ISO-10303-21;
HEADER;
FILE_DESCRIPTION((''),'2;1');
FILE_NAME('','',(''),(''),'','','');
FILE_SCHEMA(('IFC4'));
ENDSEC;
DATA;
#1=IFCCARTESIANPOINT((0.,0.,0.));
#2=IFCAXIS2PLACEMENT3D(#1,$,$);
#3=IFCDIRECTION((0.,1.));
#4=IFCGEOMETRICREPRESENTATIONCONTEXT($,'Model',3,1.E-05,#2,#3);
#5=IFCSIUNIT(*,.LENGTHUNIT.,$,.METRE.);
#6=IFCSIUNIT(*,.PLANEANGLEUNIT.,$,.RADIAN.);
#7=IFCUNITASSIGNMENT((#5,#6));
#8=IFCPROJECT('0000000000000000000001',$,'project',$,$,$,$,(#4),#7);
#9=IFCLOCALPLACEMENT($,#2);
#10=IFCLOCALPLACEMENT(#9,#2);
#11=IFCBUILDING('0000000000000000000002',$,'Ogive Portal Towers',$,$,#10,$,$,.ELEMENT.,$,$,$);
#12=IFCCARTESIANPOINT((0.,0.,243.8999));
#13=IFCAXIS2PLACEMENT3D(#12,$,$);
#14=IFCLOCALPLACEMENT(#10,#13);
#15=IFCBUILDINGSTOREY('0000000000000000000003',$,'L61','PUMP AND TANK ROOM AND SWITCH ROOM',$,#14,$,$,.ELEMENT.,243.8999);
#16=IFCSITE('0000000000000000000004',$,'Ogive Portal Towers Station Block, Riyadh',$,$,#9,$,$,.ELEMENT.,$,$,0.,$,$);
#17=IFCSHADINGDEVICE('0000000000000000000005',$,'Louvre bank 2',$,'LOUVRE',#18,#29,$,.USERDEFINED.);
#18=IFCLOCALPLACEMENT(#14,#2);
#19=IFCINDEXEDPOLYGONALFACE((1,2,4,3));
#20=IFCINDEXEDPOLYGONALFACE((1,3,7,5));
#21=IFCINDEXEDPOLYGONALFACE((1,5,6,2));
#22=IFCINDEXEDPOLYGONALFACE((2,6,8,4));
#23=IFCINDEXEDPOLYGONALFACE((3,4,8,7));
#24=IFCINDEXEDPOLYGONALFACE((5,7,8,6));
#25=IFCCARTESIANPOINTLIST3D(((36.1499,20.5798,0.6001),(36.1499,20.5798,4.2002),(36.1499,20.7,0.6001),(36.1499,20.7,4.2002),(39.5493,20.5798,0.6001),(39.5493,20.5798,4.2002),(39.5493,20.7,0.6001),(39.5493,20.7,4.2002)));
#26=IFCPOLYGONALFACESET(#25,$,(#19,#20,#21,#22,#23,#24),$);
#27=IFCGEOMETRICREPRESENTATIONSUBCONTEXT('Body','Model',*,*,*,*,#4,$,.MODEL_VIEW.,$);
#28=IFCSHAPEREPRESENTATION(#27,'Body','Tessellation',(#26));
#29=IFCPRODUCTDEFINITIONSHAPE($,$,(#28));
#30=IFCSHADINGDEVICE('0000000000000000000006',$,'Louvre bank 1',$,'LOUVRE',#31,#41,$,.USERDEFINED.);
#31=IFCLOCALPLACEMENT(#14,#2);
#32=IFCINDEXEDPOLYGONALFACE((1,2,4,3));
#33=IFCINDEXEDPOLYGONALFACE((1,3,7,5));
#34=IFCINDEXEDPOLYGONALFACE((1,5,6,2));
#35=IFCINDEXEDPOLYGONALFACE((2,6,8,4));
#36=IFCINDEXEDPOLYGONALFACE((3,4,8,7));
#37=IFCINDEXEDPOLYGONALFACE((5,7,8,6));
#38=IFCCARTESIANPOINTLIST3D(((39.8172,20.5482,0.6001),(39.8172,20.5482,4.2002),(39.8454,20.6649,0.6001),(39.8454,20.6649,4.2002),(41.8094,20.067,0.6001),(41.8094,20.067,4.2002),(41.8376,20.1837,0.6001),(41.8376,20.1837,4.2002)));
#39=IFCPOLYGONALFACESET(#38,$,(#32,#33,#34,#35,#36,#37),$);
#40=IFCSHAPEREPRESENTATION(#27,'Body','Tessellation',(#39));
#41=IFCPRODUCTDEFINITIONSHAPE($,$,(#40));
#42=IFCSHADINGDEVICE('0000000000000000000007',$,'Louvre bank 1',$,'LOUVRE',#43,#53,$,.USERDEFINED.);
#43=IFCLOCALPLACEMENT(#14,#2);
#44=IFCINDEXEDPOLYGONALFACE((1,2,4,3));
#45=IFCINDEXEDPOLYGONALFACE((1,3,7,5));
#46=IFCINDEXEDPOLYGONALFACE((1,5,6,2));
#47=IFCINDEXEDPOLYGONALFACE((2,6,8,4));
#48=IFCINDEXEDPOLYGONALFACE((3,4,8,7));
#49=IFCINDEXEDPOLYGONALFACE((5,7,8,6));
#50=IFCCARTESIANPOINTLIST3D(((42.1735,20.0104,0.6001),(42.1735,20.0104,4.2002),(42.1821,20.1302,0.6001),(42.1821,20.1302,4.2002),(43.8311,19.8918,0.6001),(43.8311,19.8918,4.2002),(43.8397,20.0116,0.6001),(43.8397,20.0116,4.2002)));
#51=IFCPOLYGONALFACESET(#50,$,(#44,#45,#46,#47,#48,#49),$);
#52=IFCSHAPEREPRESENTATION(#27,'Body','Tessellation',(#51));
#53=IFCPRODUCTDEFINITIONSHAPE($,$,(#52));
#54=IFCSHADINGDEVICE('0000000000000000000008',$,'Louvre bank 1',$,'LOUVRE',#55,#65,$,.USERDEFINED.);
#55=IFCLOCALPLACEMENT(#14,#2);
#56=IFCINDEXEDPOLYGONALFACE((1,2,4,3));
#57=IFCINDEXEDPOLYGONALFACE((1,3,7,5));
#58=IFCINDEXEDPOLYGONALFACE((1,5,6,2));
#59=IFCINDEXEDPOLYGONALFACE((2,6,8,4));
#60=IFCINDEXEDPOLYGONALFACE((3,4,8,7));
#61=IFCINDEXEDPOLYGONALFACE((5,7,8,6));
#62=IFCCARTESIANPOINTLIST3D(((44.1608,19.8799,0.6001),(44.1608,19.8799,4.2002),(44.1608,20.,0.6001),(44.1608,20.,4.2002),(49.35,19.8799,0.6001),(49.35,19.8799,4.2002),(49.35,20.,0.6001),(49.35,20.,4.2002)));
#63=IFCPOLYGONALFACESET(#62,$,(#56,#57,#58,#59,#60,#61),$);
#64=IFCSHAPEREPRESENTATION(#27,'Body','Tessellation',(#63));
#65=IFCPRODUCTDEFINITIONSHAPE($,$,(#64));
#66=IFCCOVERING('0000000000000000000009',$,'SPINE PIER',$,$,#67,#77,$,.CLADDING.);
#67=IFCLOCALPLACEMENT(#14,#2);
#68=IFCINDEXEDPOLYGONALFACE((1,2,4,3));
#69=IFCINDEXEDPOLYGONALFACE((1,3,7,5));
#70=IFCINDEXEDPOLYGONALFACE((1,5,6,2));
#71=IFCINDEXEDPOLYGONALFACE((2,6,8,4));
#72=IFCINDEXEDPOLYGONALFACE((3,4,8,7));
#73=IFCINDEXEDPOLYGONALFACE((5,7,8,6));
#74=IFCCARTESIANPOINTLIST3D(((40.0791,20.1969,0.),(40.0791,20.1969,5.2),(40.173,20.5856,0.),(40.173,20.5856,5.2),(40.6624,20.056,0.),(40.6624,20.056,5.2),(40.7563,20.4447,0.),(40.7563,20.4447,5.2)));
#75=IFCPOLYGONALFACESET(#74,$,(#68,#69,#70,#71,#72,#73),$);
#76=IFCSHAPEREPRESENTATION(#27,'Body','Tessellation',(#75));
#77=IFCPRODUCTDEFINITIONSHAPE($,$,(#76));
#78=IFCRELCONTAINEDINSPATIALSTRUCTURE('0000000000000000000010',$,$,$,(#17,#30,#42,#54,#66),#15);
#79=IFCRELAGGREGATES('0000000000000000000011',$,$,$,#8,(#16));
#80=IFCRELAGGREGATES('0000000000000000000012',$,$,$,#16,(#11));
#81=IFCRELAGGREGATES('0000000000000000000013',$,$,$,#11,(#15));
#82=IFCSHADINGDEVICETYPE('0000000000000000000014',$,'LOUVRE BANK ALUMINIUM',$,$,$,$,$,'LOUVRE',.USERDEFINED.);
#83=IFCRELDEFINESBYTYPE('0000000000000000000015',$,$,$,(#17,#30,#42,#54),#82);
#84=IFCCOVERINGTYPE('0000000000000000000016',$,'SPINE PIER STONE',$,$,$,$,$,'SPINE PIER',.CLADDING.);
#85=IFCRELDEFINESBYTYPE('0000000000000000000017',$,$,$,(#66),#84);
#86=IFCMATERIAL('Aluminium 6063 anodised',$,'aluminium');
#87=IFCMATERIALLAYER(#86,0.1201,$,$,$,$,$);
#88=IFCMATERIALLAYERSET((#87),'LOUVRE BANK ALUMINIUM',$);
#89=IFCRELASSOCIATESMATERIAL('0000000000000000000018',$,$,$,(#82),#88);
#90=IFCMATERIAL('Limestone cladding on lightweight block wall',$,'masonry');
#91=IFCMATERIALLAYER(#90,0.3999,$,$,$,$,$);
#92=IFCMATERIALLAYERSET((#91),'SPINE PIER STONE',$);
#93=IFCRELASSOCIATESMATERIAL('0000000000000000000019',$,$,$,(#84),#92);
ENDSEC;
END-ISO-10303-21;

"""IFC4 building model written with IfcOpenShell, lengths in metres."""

from ifc_helpers import new_model, si_unit, direction, frame, origin, origin_2d, place, context, subcontext, project, spatial, rectangle, extrude, material, layer, layer_set, type_object, element, save


model = new_model("IFC4")

# Units and contexts
model_context = context("Model", 3, precision=1e-05, world=origin(), true_north=direction((0.0, 1.0)))
body_context = subcontext(model_context, "Body", "Model", "MODEL_VIEW")
ifc_project = project(units=[si_unit("LENGTHUNIT", "METRE"), si_unit("PLANEANGLEUNIT", "RADIAN")], contexts=[model_context])

# Site, building, storey
site_placement = place(None, origin())
site = spatial("IfcSite", under=ifc_project, at=site_placement, Name="Ogive Portal Towers Station Block, Riyadh", CompositionType="ELEMENT", RefElevation=0.0)
building_placement = place(site_placement, origin())
building = spatial("IfcBuilding", under=site, at=building_placement, Name="Ogive Portal Towers", CompositionType="ELEMENT")
storey_placement = place(building_placement, frame((0.0, 0.0, 243.8999)))
storey = spatial("IfcBuildingStorey", under=building, at=storey_placement, Name="L61", Description="PUMP AND TANK ROOM AND SWITCH ROOM", CompositionType="ELEMENT", Elevation=243.8999)

# Shared definitions
ifc_material_1 = material(Name="Limestone cladding on lightweight block wall", Category="masonry")

# Shading devices
ifc_material_2 = material(Name="Aluminium 6063 anodised", Category="aluminium")
ifc_layer_1 = layer(ifc_material_2, 0.1201)
ifc_layer_set_1 = layer_set([ifc_layer_1], Name="LOUVRE BANK ALUMINIUM")
shading_device_type = type_object("IfcShadingDeviceType", Name="LOUVRE BANK ALUMINIUM", ElementType="LOUVRE", PredefinedType="USERDEFINED", material=ifc_layer_set_1)
shading_device_1_placement = place(storey_placement, frame((37.8496, 20.6399, 0.6001), z_axis=(0.0, 0.0, 1.0), x_axis=(1.0, 0.0, 0.0)))
element("IfcShadingDevice", 1, at=shading_device_1_placement, inside=storey, type_object=shading_device_type, Name="Louvre bank 2", ObjectType="LOUVRE", PredefinedType="USERDEFINED", context=body_context, shape_type="SweptSolid", body=[
    extrude(rectangle(XDim=3.3994, YDim=0.1201, at=origin_2d()), origin(), (0.0, 0.0, 1.0), 3.6001),
])
shading_device_2_placement = place(storey_placement, frame((40.8274, 20.366, 0.6001), z_axis=(0.0, 0.0, 1.0), x_axis=(0.972048, -0.234782, 0.0)))
element("IfcShadingDevice", 2, at=shading_device_2_placement, inside=storey, type_object=shading_device_type, Name="Louvre bank 1", ObjectType="LOUVRE", PredefinedType="USERDEFINED", context=body_context, shape_type="SweptSolid", body=[
    extrude(rectangle(XDim=2.0496, YDim=0.1201, at=origin_2d()), origin(), (0.0, 0.0, 1.0), 3.6001),
])
shading_device_3_placement = place(storey_placement, frame((43.0066, 20.011, 0.6001), z_axis=(0.0, 0.0, 1.0), x_axis=(0.997452, -0.071339, 0.0)))
element("IfcShadingDevice", 3, at=shading_device_3_placement, inside=storey, type_object=shading_device_type, Name="Louvre bank 1", ObjectType="LOUVRE", PredefinedType="USERDEFINED", context=body_context, shape_type="SweptSolid", body=[
    extrude(rectangle(XDim=1.6619, YDim=0.1201, at=origin_2d()), origin(), (0.0, 0.0, 1.0), 3.6001),
])
shading_device_4_placement = place(storey_placement, frame((46.7554, 19.9399, 0.6001), z_axis=(0.0, 0.0, 1.0), x_axis=(1.0, 0.0, 0.0)))
element("IfcShadingDevice", 4, at=shading_device_4_placement, inside=storey, type_object=shading_device_type, Name="Louvre bank 1", ObjectType="LOUVRE", PredefinedType="USERDEFINED", context=body_context, shape_type="SweptSolid", body=[
    extrude(rectangle(XDim=5.1892, YDim=0.1201, at=origin_2d()), origin(), (0.0, 0.0, 1.0), 3.6001),
])

# Covering
ifc_layer_2 = layer(ifc_material_1, 0.3999)
ifc_layer_set_2 = layer_set([ifc_layer_2], Name="SPINE PIER STONE")
covering_type = type_object("IfcCoveringType", Name="SPINE PIER STONE", ElementType="SPINE PIER", PredefinedType="CLADDING", material=ifc_layer_set_2)
covering_placement = place(storey_placement, frame((40.4177, 20.3208, 0.0), z_axis=(0.0, 0.0, 1.0), x_axis=(0.972048, -0.234782, 0.0)))
element("IfcCovering", 5, at=covering_placement, inside=storey, type_object=covering_type, Name="SPINE PIER", PredefinedType="CLADDING", context=body_context, shape_type="SweptSolid", body=[
    extrude(rectangle(XDim=0.6001, YDim=0.3999, at=origin_2d()), origin(), (0.0, 0.0, 1.0), 5.2),
])

save(model, "model.ifc")
